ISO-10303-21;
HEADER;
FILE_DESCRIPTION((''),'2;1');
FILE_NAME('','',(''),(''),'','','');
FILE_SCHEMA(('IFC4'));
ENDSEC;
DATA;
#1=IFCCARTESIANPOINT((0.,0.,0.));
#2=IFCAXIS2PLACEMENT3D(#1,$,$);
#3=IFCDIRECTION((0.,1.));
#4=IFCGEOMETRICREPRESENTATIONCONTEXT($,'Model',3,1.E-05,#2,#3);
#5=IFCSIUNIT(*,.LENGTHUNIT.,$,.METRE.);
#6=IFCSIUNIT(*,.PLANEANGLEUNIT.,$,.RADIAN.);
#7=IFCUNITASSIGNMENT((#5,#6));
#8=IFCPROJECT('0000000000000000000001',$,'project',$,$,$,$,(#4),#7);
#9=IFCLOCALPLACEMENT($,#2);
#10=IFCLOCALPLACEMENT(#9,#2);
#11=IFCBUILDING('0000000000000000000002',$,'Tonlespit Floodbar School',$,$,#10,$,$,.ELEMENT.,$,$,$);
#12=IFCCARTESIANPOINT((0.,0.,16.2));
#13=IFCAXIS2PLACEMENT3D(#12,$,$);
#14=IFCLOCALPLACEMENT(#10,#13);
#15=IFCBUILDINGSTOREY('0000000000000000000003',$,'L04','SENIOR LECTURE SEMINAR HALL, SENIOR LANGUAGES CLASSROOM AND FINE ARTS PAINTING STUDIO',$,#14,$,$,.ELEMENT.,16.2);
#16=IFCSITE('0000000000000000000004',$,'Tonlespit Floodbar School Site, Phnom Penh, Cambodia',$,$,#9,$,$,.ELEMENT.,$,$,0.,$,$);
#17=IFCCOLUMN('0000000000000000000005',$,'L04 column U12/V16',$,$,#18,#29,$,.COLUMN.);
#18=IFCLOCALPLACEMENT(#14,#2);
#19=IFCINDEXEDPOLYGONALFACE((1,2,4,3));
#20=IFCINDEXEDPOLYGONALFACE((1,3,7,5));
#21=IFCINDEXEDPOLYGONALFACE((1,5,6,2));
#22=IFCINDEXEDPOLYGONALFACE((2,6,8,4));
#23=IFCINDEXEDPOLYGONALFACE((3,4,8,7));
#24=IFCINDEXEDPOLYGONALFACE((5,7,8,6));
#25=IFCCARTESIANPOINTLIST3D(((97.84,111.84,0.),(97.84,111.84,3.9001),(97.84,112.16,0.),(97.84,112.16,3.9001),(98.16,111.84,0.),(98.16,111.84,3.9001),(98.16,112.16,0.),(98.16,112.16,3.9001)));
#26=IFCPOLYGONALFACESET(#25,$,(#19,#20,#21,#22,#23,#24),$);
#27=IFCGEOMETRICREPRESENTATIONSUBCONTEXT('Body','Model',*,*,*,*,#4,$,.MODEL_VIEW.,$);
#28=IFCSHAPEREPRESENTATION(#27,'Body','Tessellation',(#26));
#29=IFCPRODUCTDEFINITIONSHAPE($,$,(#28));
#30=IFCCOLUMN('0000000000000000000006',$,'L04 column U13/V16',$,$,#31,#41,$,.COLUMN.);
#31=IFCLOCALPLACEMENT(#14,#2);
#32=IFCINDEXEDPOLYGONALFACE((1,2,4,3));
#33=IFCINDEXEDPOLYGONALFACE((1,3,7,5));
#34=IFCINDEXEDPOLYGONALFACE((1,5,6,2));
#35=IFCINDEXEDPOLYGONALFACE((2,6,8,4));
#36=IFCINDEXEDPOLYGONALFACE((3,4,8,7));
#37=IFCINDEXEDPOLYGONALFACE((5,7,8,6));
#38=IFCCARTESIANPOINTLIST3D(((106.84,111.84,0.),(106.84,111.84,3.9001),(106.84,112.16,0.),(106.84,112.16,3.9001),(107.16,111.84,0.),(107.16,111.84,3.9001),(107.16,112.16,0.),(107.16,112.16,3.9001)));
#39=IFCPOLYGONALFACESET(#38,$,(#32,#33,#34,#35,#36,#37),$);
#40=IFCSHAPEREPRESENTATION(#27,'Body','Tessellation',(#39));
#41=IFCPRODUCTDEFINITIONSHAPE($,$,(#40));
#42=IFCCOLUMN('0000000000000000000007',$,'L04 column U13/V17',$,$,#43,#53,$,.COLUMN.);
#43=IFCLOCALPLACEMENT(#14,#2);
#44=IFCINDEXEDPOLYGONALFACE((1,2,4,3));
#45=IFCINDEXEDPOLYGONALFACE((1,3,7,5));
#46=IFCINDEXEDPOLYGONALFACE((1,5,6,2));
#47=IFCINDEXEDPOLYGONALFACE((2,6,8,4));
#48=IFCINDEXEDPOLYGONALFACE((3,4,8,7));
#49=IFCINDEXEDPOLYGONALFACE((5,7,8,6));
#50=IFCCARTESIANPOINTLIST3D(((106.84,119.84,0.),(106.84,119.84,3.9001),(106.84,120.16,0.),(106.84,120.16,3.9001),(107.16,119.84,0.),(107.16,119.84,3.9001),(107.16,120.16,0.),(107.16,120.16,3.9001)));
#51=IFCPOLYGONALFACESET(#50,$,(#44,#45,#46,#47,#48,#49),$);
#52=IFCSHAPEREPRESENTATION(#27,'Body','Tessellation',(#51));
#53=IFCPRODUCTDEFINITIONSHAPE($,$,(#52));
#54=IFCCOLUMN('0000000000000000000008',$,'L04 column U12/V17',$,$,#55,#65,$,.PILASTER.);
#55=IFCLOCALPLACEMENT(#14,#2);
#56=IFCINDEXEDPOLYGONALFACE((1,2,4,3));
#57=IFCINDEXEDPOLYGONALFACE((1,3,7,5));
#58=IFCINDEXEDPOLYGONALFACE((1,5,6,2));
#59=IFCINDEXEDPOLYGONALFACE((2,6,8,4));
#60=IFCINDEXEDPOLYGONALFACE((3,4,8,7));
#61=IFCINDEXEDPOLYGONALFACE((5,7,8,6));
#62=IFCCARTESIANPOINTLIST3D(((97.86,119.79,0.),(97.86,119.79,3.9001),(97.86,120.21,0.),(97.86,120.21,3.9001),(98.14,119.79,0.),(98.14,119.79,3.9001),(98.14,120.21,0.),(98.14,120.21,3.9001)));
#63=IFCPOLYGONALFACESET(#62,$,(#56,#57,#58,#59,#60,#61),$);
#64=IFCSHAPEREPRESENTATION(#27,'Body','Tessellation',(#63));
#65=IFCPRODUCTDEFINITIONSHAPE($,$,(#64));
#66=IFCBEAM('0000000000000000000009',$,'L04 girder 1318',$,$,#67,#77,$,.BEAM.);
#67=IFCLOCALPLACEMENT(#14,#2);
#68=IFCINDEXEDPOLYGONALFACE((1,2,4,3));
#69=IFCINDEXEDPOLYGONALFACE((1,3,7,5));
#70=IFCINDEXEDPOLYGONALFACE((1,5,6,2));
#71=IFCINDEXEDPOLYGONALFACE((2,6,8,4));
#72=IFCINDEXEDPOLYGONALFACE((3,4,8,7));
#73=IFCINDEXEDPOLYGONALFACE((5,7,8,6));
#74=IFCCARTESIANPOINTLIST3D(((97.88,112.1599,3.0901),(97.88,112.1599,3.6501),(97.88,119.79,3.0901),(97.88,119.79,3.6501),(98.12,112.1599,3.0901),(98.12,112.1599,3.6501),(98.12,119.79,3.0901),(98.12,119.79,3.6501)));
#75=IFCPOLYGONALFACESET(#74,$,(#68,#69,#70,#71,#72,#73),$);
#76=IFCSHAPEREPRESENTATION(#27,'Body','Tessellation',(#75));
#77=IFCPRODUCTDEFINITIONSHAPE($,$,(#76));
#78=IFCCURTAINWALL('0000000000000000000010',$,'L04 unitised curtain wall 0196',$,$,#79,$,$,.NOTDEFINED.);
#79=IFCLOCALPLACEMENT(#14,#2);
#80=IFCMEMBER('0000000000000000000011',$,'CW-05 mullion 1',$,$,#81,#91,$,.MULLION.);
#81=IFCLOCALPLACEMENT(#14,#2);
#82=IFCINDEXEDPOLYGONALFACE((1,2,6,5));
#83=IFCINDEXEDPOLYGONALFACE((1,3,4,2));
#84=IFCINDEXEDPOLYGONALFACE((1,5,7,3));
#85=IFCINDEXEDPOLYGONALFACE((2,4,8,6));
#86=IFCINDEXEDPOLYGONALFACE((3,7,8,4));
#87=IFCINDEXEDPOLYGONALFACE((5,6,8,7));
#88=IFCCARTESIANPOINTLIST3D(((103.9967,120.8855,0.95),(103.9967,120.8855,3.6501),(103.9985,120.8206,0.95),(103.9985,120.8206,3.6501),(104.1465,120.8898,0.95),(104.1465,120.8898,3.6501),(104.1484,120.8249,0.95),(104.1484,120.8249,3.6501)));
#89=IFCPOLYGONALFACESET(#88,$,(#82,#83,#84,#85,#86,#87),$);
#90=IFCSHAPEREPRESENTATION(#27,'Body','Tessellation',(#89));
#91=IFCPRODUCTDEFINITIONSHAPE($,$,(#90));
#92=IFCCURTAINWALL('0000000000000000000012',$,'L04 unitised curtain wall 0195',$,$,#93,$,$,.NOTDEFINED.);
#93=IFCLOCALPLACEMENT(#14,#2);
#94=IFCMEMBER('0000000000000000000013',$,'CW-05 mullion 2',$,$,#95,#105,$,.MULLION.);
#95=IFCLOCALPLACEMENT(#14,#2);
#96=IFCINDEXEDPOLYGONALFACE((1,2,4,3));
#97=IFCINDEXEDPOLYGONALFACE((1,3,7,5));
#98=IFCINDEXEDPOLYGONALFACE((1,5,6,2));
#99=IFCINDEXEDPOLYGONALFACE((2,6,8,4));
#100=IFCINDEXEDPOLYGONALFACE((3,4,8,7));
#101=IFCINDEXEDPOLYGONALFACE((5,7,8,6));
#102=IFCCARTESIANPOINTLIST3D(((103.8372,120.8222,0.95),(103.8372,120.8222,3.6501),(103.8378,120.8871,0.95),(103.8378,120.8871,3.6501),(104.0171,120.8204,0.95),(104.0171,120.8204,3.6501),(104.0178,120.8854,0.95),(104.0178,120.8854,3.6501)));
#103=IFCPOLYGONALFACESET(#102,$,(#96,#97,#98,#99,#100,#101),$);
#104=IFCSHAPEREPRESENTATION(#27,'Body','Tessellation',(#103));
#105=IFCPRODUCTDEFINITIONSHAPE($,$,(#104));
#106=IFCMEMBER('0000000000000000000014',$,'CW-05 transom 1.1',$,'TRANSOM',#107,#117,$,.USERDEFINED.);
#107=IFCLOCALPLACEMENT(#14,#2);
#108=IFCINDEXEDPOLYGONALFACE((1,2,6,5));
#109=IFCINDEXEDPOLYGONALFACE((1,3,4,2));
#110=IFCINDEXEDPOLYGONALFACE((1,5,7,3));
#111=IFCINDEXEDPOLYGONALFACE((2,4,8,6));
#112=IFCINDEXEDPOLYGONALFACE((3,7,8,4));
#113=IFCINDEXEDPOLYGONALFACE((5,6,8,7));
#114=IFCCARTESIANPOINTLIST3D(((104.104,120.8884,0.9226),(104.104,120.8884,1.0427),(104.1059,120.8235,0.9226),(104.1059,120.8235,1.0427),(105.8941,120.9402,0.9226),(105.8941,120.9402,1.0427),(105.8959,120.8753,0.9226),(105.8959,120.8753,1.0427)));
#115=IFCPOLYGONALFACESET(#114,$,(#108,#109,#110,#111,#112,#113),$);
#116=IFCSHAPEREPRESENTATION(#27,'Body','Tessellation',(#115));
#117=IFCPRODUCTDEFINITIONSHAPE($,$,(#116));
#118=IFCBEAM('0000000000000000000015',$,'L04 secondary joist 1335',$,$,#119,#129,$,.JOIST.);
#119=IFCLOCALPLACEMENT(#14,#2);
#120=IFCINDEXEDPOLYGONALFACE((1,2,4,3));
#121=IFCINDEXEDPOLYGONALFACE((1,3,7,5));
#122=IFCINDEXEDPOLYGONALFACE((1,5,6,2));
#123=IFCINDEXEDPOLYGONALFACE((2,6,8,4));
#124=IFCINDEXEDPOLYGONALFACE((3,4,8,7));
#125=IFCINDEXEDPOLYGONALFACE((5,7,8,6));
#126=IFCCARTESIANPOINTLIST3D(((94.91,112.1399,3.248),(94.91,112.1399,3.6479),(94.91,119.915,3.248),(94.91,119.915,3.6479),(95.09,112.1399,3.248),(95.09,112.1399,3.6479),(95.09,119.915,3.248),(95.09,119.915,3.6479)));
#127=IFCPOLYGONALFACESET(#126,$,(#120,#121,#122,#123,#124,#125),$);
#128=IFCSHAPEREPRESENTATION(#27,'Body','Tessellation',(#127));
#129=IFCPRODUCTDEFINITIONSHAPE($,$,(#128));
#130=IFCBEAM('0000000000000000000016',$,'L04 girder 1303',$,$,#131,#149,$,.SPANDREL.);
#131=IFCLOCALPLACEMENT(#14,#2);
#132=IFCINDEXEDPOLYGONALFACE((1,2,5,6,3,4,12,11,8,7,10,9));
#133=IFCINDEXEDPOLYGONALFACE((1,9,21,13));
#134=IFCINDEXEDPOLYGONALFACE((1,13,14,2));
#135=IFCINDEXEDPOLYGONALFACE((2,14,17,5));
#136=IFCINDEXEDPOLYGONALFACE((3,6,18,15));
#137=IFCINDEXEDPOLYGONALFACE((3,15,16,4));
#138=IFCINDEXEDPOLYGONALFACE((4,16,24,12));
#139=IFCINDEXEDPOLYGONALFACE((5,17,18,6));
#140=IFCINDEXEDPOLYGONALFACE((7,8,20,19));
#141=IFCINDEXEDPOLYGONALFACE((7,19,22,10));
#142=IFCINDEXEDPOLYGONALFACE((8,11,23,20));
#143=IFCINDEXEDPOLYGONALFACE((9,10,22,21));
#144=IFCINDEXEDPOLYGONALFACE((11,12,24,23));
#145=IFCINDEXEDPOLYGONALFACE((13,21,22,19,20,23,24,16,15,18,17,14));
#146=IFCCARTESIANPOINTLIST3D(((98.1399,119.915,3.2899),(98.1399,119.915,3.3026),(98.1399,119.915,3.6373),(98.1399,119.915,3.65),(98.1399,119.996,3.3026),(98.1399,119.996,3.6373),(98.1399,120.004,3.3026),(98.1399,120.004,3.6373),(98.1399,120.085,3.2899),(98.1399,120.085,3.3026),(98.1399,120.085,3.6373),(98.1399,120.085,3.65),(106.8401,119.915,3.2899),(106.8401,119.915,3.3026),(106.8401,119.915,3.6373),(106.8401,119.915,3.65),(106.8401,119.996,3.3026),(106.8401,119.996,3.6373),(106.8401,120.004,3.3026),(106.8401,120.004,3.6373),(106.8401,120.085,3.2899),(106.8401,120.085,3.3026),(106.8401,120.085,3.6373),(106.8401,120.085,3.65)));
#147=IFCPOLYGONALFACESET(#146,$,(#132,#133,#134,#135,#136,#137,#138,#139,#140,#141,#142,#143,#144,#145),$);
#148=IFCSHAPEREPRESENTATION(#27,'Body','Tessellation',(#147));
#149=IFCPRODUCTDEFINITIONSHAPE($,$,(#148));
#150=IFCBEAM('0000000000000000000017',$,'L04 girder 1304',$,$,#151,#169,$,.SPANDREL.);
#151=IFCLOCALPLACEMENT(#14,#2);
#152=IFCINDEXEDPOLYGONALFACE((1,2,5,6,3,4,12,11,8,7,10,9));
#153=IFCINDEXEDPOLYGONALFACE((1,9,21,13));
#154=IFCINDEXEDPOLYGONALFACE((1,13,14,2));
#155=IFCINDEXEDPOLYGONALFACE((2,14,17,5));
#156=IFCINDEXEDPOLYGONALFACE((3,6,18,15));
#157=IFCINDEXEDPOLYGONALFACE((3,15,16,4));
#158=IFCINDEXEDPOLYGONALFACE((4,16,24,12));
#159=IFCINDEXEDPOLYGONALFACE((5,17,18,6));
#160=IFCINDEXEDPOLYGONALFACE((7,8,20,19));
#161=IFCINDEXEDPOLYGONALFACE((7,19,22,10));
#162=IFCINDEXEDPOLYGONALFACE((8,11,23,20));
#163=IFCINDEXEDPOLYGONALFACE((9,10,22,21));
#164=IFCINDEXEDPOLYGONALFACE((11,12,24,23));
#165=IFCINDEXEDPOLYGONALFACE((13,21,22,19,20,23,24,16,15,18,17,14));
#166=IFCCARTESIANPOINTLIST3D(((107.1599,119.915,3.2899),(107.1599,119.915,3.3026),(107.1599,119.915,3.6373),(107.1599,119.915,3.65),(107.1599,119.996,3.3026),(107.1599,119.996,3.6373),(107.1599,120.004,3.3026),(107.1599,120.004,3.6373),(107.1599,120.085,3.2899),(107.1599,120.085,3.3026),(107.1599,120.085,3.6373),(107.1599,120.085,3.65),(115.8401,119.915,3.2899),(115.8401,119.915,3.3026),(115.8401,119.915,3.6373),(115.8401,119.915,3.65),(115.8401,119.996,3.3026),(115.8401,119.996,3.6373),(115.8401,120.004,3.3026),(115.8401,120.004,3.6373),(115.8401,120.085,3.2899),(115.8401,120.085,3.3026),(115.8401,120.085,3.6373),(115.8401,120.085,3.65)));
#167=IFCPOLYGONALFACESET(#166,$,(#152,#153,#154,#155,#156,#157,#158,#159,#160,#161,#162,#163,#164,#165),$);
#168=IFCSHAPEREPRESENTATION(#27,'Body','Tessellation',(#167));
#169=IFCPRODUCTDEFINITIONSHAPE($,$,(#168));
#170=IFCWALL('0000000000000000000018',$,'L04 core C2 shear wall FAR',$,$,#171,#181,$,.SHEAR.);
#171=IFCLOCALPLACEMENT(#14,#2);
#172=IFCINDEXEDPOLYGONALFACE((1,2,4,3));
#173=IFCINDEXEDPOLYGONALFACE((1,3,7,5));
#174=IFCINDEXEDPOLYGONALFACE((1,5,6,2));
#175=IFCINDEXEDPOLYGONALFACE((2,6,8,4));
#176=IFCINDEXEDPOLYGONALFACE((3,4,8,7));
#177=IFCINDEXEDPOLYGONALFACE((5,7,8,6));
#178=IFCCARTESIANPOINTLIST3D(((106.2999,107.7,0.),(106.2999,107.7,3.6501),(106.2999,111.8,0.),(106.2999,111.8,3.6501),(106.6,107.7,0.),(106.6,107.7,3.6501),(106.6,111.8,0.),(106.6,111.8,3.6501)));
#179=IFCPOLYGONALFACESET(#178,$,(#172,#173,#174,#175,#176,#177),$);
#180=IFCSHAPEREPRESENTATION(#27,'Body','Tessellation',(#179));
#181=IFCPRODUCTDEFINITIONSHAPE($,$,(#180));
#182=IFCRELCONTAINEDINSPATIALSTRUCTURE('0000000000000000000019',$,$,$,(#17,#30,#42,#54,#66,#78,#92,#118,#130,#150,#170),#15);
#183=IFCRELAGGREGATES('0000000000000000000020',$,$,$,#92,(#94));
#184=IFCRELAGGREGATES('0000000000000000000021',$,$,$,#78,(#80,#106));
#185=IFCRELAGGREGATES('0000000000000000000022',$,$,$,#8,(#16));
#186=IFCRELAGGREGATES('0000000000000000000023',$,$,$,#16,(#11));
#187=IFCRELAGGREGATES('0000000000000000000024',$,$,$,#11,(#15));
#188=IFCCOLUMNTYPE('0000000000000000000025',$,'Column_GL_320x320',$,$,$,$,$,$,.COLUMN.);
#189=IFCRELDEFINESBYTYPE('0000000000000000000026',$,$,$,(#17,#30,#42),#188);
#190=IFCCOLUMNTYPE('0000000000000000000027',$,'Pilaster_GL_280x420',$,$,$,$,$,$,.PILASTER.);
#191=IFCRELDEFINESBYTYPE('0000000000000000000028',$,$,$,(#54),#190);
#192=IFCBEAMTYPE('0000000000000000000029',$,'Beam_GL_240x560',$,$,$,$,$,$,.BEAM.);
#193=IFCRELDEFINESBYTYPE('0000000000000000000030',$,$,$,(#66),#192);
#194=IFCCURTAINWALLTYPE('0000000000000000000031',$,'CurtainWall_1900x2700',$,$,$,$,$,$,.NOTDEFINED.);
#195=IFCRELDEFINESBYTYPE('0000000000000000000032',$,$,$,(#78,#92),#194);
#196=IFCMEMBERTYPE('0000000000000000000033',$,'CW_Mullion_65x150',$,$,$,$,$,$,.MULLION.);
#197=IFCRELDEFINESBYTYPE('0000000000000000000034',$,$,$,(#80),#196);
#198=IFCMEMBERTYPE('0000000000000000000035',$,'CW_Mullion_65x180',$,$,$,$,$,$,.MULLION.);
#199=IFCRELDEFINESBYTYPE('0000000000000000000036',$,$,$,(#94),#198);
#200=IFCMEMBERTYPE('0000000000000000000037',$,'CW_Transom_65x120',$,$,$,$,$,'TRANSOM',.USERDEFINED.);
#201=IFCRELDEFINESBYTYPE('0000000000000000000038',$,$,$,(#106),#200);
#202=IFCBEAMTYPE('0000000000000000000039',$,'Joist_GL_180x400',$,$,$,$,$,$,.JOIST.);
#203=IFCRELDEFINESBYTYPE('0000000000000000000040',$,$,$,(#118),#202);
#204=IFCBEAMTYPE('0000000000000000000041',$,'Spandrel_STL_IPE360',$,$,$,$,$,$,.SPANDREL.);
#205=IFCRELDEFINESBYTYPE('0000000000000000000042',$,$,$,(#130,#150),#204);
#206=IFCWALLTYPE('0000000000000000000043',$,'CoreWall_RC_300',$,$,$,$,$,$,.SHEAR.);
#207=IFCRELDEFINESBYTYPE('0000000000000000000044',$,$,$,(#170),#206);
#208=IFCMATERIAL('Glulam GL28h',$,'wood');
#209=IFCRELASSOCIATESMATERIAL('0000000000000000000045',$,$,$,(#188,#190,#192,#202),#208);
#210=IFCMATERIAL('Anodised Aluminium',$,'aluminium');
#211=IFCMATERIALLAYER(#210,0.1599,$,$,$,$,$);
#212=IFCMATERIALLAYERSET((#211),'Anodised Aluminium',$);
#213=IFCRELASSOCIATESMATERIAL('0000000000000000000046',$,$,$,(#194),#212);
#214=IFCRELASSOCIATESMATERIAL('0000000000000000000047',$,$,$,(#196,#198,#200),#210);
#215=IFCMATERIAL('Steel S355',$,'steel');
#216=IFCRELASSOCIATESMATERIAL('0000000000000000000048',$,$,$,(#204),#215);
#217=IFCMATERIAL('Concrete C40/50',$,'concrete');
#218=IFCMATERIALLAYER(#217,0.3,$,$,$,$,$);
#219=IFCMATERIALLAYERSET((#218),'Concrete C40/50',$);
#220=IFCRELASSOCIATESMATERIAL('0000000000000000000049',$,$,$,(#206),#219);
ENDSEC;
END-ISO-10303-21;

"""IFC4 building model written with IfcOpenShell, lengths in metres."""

from ifc_helpers import new_model, si_unit, direction, frame, frame_2d, origin, origin_2d, place, context, subcontext, project, spatial, rectangle, i_section, extrude, material, layer, layer_set, material_profile, profile_set, type_object, element, aggregate, save


model = new_model("IFC4")

# Units and contexts
model_context = context("Model", 3, precision=1e-05, world=origin(), true_north=direction((0.0, 1.0)))
body_context = subcontext(model_context, "Body", "Model", "MODEL_VIEW")
ifc_project = project(units=[si_unit("LENGTHUNIT", "METRE"), si_unit("PLANEANGLEUNIT", "RADIAN")], contexts=[model_context])

# Site, building, storey
site_placement = place(None, origin())
site = spatial("IfcSite", under=ifc_project, at=site_placement, Name="Tonlespit Floodbar School Site, Phnom Penh, Cambodia", CompositionType="ELEMENT", RefElevation=0.0)
building_placement = place(site_placement, origin())
building = spatial("IfcBuilding", under=site, at=building_placement, Name="Tonlespit Floodbar School", CompositionType="ELEMENT")
storey_placement = place(building_placement, frame((0.0, 0.0, 16.2)))
storey = spatial("IfcBuildingStorey", under=building, at=storey_placement, Name="L04", Description="SENIOR LECTURE SEMINAR HALL, SENIOR LANGUAGES CLASSROOM AND FINE ARTS PAINTING STUDIO", CompositionType="ELEMENT", Elevation=16.2)

# Columns
ifc_material_1 = material(Name="Glulam GL28h", Category="wood")
ifc_material_profile_1 = material_profile(ifc_material_1, rectangle(XDim=0.3201, YDim=0.3201, at=origin_2d()), Name="GL 320x320")
ifc_profile_set_1 = profile_set([ifc_material_profile_1], Name="Glulam GL28h")
column_type_1 = type_object("IfcColumnType", Name="Column_GL_320x320", PredefinedType="COLUMN", material=ifc_profile_set_1)
for number, where, z_axis, x_axis, name in (
    (1, (98.0, 112.0, 0.0), (0.0, 0.0, 1.0), (1.0, 0.0, 0.0), "L04 column U12/V16"),
    (2, (107.0, 112.0, 0.0), (0.0, 0.0, 1.0), (1.0, 0.0, 0.0), "L04 column U13/V16"),
    (3, (107.0, 120.0, 0.0), (0.0, 0.0, 1.0), (1.0, 0.0, 0.0), "L04 column U13/V17"),
):
    element("IfcColumn", number, at=place(storey_placement, frame(where, z_axis=z_axis, x_axis=x_axis)), inside=storey, type_object=column_type_1, Name=name, PredefinedType="COLUMN", context=body_context, shape_type="SweptSolid", body=[
        extrude(rectangle(XDim=0.3201, YDim=0.3201, at=origin_2d()), origin(), (0.0, 0.0, 1.0), 3.9001),
    ])
ifc_material_profile_2 = material_profile(ifc_material_1, rectangle(XDim=0.28, YDim=0.4199, at=origin_2d()), Name="GL 280x420")
ifc_profile_set_2 = profile_set([ifc_material_profile_2], Name="Glulam GL28h")
column_type_2 = type_object("IfcColumnType", Name="Pilaster_GL_280x420", PredefinedType="PILASTER", material=ifc_profile_set_2)
column_placement = place(storey_placement, frame((98.0, 120.0, 0.0), z_axis=(0.0, 0.0, 1.0), x_axis=(1.0, 0.0, 0.0)))
element("IfcColumn", 4, at=column_placement, inside=storey, type_object=column_type_2, Name="L04 column U12/V17", PredefinedType="PILASTER", context=body_context, shape_type="SweptSolid", body=[
    extrude(rectangle(XDim=0.28, YDim=0.4199, at=origin_2d()), origin(), (0.0, 0.0, 1.0), 3.9001),
])

# Beam
ifc_material_profile_3 = material_profile(ifc_material_1, rectangle(XDim=0.24, YDim=0.5601, at=origin_2d()), Name="GL 240x560")
ifc_profile_set_3 = profile_set([ifc_material_profile_3], Name="Glulam GL28h")
beam_type_1 = type_object("IfcBeamType", Name="Beam_GL_240x560", PredefinedType="BEAM", material=ifc_profile_set_3)
beam_1_placement = place(storey_placement, frame((98.0, 112.1599, 3.3701), z_axis=(0.0, 1.0, 0.0), x_axis=(-1.0, 0.0, 0.0)))
element("IfcBeam", 5, at=beam_1_placement, inside=storey, type_object=beam_type_1, Name="L04 girder 1318", PredefinedType="BEAM", context=body_context, shape_type="SweptSolid", body=[
    extrude(rectangle(XDim=0.24, YDim=0.5601, at=origin_2d()), origin(), (0.0, 0.0, 1.0), 7.6301),
])

# Curtain walls, members
ifc_material_2 = material(Name="Anodised Aluminium", Category="aluminium")
ifc_layer_1 = layer(ifc_material_2, 0.1599)
ifc_layer_set_1 = layer_set([ifc_layer_1], Name="Anodised Aluminium")
curtain_wall_type = type_object("IfcCurtainWallType", Name="CurtainWall_1900x2700", PredefinedType="NOTDEFINED", material=ifc_layer_set_1)
curtain_wall_1_placement = place(storey_placement, origin())
curtain_wall_1 = element("IfcCurtainWall", 6, at=curtain_wall_1_placement, inside=storey, type_object=curtain_wall_type, Name="L04 unitised curtain wall 0196", PredefinedType="NOTDEFINED")
ifc_material_profile_4 = material_profile(ifc_material_2, rectangle(XDim=0.0649, YDim=0.1499, at=origin_2d()), Name="ALU M65x150")
ifc_profile_set_4 = profile_set([ifc_material_profile_4], Name="Anodised Aluminium")
member_type_1 = type_object("IfcMemberType", Name="CW_Mullion_65x150", PredefinedType="MULLION", material=ifc_profile_set_4)
member_1_placement = place(storey_placement, frame((104.0725, 120.8552, 0.95), z_axis=(0.0, 0.0, 1.0), x_axis=(-0.02879, 0.999585, 0.0)))
member_1 = element("IfcMember", 7, at=member_1_placement, type_object=member_type_1, Name="CW-05 mullion 1", PredefinedType="MULLION", context=body_context, shape_type="SweptSolid", body=[
    extrude(rectangle(XDim=0.0649, YDim=0.1499, at=origin_2d()), origin(), (0.0, 0.0, 1.0), 2.7002),
])
curtain_wall_2_placement = place(storey_placement, origin())
curtain_wall_2 = element("IfcCurtainWall", 8, at=curtain_wall_2_placement, inside=storey, type_object=curtain_wall_type, Name="L04 unitised curtain wall 0195", PredefinedType="NOTDEFINED")
ifc_material_profile_5 = material_profile(ifc_material_2, rectangle(XDim=0.0649, YDim=0.1799, at=origin_2d()), Name="ALU M65x180")
ifc_profile_set_5 = profile_set([ifc_material_profile_5], Name="Anodised Aluminium")
member_type_2 = type_object("IfcMemberType", Name="CW_Mullion_65x180", PredefinedType="MULLION", material=ifc_profile_set_5)
member_2_placement = place(storey_placement, frame((103.9275, 120.8538, 0.95), z_axis=(0.0, 0.0, 1.0), x_axis=(0.009583, 0.999954, 0.0)))
member_2 = element("IfcMember", 9, at=member_2_placement, type_object=member_type_2, Name="CW-05 mullion 2", PredefinedType="MULLION", context=body_context, shape_type="SweptSolid", body=[
    extrude(rectangle(XDim=0.0649, YDim=0.1799, at=origin_2d()), origin(), (0.0, 0.0, 1.0), 2.7002),
])
aggregate(curtain_wall_2, [member_2])

# Member
ifc_material_profile_6 = material_profile(ifc_material_2, rectangle(XDim=0.0649, YDim=0.1201, at=origin_2d()), Name="ALU T65x120")
ifc_profile_set_6 = profile_set([ifc_material_profile_6], Name="Anodised Aluminium")
member_type_3 = type_object("IfcMemberType", Name="CW_Transom_65x120", ElementType="TRANSOM", PredefinedType="USERDEFINED", material=ifc_profile_set_6)
member_3_placement = place(storey_placement, frame((104.105, 120.856, 0.9827), z_axis=(0.999582, 0.028902, 0.0), x_axis=(-0.028902, 0.999582, 0.0)))
member_3 = element("IfcMember", 10, at=member_3_placement, type_object=member_type_3, Name="CW-05 transom 1.1", ObjectType="TRANSOM", PredefinedType="USERDEFINED", context=body_context, shape_type="SweptSolid", body=[
    extrude(rectangle(XDim=0.0649, YDim=0.1201, at=origin_2d()), origin(), (0.0, 0.0, 1.0), 1.7908),
])
aggregate(curtain_wall_1, [member_1, member_3])

# Beams
ifc_material_profile_7 = material_profile(ifc_material_1, rectangle(XDim=0.1799, YDim=0.3999, at=origin_2d()), Name="GL 180x400")
ifc_profile_set_7 = profile_set([ifc_material_profile_7], Name="Glulam GL28h")
beam_type_2 = type_object("IfcBeamType", Name="Joist_GL_180x400", PredefinedType="JOIST", material=ifc_profile_set_7)
beam_2_placement = place(storey_placement, frame((95.0, 112.1399, 3.448), z_axis=(0.0, 1.0, 0.0), x_axis=(-1.0, 0.0, 0.0)))
element("IfcBeam", 11, at=beam_2_placement, inside=storey, type_object=beam_type_2, Name="L04 secondary joist 1335", PredefinedType="JOIST", context=body_context, shape_type="SweptSolid", body=[
    extrude(rectangle(XDim=0.1799, YDim=0.3999, at=origin_2d()), origin(), (0.0, 0.0, 1.0), 7.7751),
])
ifc_material_3 = material(Name="Steel S355", Category="steel")
ifc_material_profile_8 = material_profile(ifc_material_3, i_section(OverallWidth=0.1699, OverallDepth=0.3601, WebThickness=0.0081, FlangeThickness=0.0127, at=origin_2d()), Name="IPE 360")
ifc_profile_set_8 = profile_set([ifc_material_profile_8], Name="Steel S355")
beam_type_3 = type_object("IfcBeamType", Name="Spandrel_STL_IPE360", PredefinedType="SPANDREL", material=ifc_profile_set_8)
beam_3_placement = place(storey_placement, frame((98.1399, 120.0, 3.47), z_axis=(1.0, 0.0, 0.0), x_axis=(0.0, 1.0, 0.0)))
element("IfcBeam", 12, at=beam_3_placement, inside=storey, type_object=beam_type_3, Name="L04 girder 1303", PredefinedType="SPANDREL", context=body_context, shape_type="SweptSolid", body=[
    extrude(i_section(OverallWidth=0.1699, OverallDepth=0.3601, WebThickness=0.0081, FlangeThickness=0.0127, at=origin_2d()), origin(), (0.0, 0.0, 1.0), 8.7002),
])
beam_4_placement = place(storey_placement, frame((107.1599, 120.0, 3.47), z_axis=(1.0, 0.0, 0.0), x_axis=(0.0, 1.0, 0.0)))
element("IfcBeam", 13, at=beam_4_placement, inside=storey, type_object=beam_type_3, Name="L04 girder 1304", PredefinedType="SPANDREL", context=body_context, shape_type="SweptSolid", body=[
    extrude(i_section(OverallWidth=0.1699, OverallDepth=0.3601, WebThickness=0.0081, FlangeThickness=0.0127, at=origin_2d()), origin(), (0.0, 0.0, 1.0), 8.6802),
])

# Wall
ifc_material_4 = material(Name="Concrete C40/50", Category="concrete")
ifc_layer_2 = layer(ifc_material_4, 0.3)
ifc_layer_set_2 = layer_set([ifc_layer_2], Name="Concrete C40/50")
wall_type_1 = type_object("IfcWallType", Name="CoreWall_RC_300", PredefinedType="SHEAR", material=ifc_layer_set_2)
wall_1_placement = place(storey_placement, frame((106.45, 111.8, 0.0), z_axis=(0.0, 0.0, 1.0), x_axis=(0.0, -1.0, 0.0)))
element("IfcWall", 14, at=wall_1_placement, inside=storey, type_object=wall_type_1, Name="L04 core C2 shear wall FAR", PredefinedType="SHEAR", context=body_context, shape_type="SweptSolid", body=[
    extrude(rectangle(XDim=4.1001, YDim=0.3, at=frame_2d((2.05, 0.0))), origin(), (0.0, 0.0, 1.0), 3.6501),
])

save(model, "model.ifc")
